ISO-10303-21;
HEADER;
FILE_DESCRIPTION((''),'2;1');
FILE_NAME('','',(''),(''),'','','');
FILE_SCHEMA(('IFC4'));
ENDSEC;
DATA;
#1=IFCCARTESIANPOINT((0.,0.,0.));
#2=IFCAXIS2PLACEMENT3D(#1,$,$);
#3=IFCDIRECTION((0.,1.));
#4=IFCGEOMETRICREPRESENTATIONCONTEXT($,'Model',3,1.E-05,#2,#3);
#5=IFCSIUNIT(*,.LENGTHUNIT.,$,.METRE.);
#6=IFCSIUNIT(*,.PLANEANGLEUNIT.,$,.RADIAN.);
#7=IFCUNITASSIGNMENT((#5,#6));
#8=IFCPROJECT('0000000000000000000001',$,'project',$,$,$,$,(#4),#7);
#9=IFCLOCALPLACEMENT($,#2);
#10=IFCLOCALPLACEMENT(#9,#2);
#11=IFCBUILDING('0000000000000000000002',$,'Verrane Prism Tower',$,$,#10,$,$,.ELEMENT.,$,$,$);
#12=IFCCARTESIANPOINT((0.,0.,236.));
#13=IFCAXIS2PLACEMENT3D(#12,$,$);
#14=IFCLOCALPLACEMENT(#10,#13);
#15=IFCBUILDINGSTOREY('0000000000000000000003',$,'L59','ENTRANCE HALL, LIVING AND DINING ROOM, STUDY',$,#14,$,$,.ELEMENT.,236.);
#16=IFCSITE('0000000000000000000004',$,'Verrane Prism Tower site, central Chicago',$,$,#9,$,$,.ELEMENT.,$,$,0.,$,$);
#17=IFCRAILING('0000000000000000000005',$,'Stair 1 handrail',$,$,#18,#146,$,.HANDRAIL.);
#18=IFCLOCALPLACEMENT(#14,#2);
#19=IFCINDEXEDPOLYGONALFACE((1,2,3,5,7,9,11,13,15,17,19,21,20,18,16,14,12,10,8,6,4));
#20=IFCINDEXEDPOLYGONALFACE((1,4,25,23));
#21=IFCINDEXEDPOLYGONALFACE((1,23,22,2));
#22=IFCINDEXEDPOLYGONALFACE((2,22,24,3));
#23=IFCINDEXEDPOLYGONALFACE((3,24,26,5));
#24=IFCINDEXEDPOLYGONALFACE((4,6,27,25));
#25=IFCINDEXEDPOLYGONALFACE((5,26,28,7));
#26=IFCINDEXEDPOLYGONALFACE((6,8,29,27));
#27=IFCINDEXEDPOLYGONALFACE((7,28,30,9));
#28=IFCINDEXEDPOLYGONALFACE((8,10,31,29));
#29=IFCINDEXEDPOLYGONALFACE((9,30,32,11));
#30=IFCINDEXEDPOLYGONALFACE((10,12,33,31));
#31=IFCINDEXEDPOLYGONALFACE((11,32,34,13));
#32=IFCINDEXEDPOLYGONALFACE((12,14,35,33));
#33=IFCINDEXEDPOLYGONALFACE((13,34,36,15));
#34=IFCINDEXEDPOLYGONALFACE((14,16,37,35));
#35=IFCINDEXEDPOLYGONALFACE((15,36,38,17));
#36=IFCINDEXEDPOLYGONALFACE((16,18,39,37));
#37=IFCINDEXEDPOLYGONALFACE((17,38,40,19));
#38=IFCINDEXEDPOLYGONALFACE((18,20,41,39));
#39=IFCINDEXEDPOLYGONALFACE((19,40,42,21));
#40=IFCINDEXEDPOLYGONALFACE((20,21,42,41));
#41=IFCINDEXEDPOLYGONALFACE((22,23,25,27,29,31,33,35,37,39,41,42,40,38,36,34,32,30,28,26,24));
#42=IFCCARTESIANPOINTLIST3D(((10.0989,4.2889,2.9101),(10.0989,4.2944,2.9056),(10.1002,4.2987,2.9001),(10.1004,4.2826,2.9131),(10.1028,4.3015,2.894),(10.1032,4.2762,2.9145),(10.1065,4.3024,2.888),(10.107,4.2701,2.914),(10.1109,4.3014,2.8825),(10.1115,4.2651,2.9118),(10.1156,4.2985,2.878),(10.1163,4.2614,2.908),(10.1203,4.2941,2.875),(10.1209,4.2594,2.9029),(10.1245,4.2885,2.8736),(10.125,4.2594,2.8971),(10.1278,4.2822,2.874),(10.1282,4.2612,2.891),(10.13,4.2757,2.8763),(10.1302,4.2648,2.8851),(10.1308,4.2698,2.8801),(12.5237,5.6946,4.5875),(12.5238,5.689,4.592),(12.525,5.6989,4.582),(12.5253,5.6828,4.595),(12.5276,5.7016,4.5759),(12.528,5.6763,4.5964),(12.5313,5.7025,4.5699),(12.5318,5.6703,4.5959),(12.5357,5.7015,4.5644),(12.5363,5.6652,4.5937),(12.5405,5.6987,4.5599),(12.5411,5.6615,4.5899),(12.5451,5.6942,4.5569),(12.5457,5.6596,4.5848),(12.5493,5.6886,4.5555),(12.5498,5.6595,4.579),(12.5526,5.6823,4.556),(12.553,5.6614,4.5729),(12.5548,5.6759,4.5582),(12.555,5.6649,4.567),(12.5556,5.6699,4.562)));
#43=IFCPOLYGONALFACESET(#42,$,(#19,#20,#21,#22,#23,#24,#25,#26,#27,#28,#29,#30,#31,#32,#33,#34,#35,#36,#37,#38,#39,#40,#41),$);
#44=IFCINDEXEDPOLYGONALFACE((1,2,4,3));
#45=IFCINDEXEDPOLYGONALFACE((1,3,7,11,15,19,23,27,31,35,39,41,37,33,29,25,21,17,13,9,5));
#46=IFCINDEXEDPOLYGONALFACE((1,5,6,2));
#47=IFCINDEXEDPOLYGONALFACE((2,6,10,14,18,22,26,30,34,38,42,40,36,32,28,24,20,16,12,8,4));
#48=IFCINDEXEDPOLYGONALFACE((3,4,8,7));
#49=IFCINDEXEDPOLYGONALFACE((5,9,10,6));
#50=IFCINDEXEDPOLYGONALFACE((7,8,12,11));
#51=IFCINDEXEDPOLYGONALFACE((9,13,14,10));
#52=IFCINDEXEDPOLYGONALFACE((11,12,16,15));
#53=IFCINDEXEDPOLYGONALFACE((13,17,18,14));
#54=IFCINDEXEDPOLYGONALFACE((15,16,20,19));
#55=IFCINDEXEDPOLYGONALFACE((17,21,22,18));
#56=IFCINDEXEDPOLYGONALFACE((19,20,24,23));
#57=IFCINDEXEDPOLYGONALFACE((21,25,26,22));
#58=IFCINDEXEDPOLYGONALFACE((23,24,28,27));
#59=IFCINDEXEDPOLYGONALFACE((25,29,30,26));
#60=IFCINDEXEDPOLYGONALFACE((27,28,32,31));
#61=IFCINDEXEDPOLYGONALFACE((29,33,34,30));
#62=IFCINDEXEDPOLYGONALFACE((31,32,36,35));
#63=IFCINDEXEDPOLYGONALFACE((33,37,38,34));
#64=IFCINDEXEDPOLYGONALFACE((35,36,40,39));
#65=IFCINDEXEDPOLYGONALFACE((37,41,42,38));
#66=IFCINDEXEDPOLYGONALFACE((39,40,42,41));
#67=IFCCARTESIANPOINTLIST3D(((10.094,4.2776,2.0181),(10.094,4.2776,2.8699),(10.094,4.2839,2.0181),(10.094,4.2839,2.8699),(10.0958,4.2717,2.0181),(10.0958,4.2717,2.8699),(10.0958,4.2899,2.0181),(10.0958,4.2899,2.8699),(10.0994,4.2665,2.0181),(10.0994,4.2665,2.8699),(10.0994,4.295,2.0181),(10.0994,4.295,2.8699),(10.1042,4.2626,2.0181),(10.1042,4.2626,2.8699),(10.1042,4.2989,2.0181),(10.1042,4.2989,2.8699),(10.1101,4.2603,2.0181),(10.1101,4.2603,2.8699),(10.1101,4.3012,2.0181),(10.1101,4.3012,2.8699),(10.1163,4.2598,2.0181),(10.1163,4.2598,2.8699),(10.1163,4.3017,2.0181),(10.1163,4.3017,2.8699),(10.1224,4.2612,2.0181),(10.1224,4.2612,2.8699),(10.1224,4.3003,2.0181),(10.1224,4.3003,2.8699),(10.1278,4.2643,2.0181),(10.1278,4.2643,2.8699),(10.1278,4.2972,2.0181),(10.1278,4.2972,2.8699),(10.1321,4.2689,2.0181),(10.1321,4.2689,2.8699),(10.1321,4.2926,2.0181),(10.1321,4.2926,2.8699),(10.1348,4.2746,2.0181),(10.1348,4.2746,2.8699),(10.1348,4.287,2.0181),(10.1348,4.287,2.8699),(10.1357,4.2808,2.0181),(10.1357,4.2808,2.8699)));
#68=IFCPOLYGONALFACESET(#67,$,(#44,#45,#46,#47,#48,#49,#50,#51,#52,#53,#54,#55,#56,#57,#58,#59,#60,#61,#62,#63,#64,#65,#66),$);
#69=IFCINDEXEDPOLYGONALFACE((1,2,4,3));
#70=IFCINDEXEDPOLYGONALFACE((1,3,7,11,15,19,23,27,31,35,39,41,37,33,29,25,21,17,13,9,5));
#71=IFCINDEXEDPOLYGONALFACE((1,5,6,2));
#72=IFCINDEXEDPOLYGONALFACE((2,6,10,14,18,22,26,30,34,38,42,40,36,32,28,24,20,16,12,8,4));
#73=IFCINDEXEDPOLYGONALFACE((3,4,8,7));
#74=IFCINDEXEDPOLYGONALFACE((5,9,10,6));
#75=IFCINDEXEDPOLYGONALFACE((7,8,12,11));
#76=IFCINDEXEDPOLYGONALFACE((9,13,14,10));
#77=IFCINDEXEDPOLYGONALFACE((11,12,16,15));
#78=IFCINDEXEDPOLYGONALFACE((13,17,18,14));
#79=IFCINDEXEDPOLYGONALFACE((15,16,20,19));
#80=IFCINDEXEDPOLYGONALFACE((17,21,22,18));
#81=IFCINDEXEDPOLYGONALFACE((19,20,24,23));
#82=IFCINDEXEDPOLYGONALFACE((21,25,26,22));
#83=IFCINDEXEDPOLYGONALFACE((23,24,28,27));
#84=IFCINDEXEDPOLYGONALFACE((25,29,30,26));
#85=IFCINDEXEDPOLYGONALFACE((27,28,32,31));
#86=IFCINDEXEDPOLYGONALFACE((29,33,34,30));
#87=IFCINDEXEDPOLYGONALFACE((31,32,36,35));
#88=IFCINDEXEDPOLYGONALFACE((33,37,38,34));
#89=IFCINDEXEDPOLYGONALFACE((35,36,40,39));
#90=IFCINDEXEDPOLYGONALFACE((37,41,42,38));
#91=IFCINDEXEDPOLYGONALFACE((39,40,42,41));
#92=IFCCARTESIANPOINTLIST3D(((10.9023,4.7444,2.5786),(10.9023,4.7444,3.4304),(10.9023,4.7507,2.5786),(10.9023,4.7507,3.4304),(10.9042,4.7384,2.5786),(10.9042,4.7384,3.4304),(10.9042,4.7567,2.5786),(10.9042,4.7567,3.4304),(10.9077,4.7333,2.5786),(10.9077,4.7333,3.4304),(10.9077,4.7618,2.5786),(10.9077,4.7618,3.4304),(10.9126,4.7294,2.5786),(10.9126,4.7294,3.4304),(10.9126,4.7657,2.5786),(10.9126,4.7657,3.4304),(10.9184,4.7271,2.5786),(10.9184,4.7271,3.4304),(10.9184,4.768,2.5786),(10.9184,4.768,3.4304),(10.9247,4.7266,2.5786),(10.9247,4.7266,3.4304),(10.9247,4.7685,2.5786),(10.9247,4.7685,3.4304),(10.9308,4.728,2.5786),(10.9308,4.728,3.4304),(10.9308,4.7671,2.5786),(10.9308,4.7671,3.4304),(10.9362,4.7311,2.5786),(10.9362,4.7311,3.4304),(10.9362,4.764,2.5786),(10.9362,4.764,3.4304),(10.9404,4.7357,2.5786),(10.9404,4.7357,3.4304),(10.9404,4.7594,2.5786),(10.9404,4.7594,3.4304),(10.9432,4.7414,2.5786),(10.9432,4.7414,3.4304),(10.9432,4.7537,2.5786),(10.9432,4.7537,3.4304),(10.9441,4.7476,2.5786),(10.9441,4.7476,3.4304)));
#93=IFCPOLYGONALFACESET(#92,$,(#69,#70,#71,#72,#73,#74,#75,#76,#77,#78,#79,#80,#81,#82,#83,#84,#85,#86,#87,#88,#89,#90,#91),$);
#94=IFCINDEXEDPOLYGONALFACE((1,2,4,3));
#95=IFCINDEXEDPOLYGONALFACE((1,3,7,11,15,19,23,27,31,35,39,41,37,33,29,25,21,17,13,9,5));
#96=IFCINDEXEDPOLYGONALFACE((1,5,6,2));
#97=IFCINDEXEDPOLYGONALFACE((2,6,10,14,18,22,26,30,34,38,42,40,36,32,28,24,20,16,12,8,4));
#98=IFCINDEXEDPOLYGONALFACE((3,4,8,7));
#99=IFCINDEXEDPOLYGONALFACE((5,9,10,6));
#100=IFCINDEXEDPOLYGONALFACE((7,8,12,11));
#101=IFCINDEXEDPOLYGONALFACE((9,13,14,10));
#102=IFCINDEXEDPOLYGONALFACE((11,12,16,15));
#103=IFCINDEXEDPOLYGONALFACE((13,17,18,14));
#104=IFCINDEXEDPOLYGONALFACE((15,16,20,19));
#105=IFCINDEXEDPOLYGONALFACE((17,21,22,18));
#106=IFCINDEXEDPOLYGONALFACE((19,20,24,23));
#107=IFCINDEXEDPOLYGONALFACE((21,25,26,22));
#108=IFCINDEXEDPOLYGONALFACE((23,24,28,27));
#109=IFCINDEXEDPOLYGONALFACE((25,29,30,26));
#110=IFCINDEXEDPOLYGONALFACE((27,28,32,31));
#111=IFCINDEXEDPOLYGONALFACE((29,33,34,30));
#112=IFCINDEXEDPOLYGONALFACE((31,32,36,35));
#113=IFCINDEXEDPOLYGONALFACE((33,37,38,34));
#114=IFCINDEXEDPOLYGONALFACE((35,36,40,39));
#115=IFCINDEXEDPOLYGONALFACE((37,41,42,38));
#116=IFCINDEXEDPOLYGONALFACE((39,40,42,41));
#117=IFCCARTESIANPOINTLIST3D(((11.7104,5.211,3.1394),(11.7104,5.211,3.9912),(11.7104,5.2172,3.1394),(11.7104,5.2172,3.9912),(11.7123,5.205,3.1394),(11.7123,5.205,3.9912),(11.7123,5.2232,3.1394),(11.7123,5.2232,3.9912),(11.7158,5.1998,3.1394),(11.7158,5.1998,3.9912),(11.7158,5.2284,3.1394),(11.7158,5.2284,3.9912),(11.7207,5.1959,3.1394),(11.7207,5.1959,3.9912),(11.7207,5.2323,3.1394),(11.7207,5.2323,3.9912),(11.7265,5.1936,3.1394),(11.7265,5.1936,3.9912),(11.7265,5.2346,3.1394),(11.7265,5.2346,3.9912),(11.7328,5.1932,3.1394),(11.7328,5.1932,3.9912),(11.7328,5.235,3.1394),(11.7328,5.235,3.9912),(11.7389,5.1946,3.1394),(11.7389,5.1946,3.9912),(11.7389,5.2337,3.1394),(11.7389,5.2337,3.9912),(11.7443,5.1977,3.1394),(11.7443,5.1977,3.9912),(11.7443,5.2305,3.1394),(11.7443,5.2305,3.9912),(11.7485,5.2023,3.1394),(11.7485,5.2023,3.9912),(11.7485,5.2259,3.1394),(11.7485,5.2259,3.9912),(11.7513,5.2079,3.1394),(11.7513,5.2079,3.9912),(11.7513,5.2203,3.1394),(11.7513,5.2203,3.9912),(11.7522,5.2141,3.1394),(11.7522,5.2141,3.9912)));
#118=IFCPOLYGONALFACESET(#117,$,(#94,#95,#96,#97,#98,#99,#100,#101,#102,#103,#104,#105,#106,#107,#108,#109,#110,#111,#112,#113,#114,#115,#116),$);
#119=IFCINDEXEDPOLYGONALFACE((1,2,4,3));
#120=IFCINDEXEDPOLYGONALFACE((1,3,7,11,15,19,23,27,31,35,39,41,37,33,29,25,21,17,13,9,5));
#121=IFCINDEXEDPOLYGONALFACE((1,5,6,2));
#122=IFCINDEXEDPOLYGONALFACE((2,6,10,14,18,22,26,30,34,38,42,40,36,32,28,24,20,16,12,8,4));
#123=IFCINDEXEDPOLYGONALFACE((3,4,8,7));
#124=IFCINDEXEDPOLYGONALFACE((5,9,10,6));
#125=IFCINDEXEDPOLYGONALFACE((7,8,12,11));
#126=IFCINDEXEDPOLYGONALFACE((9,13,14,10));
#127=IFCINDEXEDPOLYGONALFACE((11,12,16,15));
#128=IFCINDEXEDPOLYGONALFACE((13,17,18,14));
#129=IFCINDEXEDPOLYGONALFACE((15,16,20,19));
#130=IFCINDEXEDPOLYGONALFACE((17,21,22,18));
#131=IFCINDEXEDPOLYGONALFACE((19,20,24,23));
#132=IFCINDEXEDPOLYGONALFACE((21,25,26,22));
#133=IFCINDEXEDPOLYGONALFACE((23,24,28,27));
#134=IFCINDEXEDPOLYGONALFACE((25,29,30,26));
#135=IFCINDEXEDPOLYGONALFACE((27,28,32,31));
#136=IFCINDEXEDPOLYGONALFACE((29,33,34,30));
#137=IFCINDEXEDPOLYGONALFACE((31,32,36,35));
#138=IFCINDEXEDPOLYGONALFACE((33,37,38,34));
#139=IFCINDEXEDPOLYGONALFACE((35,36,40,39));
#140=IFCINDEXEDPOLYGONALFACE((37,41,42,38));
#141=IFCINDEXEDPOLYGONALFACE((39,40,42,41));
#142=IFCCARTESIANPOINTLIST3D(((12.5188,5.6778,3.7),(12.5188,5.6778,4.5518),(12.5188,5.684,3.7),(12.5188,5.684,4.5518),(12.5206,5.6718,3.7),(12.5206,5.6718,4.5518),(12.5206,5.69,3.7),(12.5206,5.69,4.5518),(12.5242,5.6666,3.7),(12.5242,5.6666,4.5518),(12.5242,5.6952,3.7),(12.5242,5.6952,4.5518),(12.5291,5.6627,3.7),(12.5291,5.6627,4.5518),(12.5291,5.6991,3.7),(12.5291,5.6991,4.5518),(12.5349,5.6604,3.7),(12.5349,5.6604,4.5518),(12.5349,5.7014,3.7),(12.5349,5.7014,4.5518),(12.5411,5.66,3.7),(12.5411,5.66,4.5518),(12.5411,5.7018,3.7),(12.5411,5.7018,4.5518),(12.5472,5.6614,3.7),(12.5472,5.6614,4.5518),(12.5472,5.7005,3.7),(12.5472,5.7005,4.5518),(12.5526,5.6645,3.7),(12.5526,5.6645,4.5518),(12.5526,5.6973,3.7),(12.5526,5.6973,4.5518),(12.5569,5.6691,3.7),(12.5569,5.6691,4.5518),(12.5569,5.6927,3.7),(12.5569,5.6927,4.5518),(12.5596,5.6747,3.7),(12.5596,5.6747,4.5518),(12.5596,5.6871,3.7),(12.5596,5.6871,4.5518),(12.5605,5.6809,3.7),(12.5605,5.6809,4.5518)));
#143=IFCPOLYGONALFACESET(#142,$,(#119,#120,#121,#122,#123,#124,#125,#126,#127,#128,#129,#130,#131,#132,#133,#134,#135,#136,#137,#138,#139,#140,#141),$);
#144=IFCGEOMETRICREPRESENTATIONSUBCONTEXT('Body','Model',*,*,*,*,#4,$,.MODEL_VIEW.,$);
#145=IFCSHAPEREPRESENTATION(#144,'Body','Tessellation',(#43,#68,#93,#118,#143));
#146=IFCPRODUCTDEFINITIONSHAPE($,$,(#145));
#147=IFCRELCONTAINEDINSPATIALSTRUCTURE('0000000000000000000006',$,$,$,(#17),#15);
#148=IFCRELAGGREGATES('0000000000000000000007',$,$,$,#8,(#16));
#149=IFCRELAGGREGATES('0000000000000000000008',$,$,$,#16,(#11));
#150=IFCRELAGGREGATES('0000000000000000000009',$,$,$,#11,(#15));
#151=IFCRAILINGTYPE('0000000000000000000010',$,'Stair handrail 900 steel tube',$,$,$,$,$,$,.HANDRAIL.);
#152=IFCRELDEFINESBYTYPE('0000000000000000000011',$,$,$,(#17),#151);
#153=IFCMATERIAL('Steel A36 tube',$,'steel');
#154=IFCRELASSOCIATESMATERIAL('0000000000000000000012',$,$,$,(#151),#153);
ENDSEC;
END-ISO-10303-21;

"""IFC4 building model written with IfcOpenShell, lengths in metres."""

from ifc_helpers import new_model, si_unit, direction, frame, origin, origin_2d, place, context, subcontext, project, spatial, circle, extrude, material, type_object, element, save


model = new_model("IFC4")

# Units and contexts
model_context = context("Model", 3, precision=1e-05, world=origin(), true_north=direction((0.0, 1.0)))
body_context = subcontext(model_context, "Body", "Model", "MODEL_VIEW")
ifc_project = project(units=[si_unit("LENGTHUNIT", "METRE"), si_unit("PLANEANGLEUNIT", "RADIAN")], contexts=[model_context])

# Site, building, storey
site_placement = place(None, origin())
site = spatial("IfcSite", under=ifc_project, at=site_placement, Name="Verrane Prism Tower site, central Chicago", CompositionType="ELEMENT", RefElevation=0.0)
building_placement = place(site_placement, origin())
building = spatial("IfcBuilding", under=site, at=building_placement, Name="Verrane Prism Tower", CompositionType="ELEMENT")
storey_placement = place(building_placement, frame((0.0, 0.0, 236.0)))
storey = spatial("IfcBuildingStorey", under=building, at=storey_placement, Name="L59", Description="ENTRANCE HALL, LIVING AND DINING ROOM, STUDY", CompositionType="ELEMENT", Elevation=236.0)

# Railing
ifc_material_1 = material(Name="Steel A36 tube", Category="steel")
railing_type = type_object("IfcRailingType", Name="Stair handrail 900 steel tube", PredefinedType="HANDRAIL", material=ifc_material_1)
railing_placement = place(storey_placement, frame((10.1147, 4.2808, 2.0181)))
element("IfcRailing", 1, at=railing_placement, inside=storey, type_object=railing_type, Name="Stair 1 handrail", PredefinedType="HANDRAIL", context=body_context, shape_type="SweptSolid", body=[
    extrude(circle(Radius=0.0239, at=origin_2d()), frame((0.0, 0.0, 0.876), z_axis=(0.742367, 0.428662, 0.514918), x_axis=(-0.50005, 0.865997, 0.0)), (0.0, 0.0, 1.0), 3.2664),
    extrude(circle(Radius=0.021, at=origin_2d()), origin(), (0.0, 0.0, 1.0), 0.8518),
    extrude(circle(Radius=0.021, at=origin_2d()), frame((0.8083, 0.4668, 0.5605)), (0.0, 0.0, 1.0), 0.8518),
    extrude(circle(Radius=0.021, at=origin_2d()), frame((1.6165, 0.9333, 1.1213)), (0.0, 0.0, 1.0), 0.8518),
    extrude(circle(Radius=0.021, at=origin_2d()), frame((2.4248, 1.4001, 1.6819)), (0.0, 0.0, 1.0), 0.8518),
])

save(model, "model.ifc")
